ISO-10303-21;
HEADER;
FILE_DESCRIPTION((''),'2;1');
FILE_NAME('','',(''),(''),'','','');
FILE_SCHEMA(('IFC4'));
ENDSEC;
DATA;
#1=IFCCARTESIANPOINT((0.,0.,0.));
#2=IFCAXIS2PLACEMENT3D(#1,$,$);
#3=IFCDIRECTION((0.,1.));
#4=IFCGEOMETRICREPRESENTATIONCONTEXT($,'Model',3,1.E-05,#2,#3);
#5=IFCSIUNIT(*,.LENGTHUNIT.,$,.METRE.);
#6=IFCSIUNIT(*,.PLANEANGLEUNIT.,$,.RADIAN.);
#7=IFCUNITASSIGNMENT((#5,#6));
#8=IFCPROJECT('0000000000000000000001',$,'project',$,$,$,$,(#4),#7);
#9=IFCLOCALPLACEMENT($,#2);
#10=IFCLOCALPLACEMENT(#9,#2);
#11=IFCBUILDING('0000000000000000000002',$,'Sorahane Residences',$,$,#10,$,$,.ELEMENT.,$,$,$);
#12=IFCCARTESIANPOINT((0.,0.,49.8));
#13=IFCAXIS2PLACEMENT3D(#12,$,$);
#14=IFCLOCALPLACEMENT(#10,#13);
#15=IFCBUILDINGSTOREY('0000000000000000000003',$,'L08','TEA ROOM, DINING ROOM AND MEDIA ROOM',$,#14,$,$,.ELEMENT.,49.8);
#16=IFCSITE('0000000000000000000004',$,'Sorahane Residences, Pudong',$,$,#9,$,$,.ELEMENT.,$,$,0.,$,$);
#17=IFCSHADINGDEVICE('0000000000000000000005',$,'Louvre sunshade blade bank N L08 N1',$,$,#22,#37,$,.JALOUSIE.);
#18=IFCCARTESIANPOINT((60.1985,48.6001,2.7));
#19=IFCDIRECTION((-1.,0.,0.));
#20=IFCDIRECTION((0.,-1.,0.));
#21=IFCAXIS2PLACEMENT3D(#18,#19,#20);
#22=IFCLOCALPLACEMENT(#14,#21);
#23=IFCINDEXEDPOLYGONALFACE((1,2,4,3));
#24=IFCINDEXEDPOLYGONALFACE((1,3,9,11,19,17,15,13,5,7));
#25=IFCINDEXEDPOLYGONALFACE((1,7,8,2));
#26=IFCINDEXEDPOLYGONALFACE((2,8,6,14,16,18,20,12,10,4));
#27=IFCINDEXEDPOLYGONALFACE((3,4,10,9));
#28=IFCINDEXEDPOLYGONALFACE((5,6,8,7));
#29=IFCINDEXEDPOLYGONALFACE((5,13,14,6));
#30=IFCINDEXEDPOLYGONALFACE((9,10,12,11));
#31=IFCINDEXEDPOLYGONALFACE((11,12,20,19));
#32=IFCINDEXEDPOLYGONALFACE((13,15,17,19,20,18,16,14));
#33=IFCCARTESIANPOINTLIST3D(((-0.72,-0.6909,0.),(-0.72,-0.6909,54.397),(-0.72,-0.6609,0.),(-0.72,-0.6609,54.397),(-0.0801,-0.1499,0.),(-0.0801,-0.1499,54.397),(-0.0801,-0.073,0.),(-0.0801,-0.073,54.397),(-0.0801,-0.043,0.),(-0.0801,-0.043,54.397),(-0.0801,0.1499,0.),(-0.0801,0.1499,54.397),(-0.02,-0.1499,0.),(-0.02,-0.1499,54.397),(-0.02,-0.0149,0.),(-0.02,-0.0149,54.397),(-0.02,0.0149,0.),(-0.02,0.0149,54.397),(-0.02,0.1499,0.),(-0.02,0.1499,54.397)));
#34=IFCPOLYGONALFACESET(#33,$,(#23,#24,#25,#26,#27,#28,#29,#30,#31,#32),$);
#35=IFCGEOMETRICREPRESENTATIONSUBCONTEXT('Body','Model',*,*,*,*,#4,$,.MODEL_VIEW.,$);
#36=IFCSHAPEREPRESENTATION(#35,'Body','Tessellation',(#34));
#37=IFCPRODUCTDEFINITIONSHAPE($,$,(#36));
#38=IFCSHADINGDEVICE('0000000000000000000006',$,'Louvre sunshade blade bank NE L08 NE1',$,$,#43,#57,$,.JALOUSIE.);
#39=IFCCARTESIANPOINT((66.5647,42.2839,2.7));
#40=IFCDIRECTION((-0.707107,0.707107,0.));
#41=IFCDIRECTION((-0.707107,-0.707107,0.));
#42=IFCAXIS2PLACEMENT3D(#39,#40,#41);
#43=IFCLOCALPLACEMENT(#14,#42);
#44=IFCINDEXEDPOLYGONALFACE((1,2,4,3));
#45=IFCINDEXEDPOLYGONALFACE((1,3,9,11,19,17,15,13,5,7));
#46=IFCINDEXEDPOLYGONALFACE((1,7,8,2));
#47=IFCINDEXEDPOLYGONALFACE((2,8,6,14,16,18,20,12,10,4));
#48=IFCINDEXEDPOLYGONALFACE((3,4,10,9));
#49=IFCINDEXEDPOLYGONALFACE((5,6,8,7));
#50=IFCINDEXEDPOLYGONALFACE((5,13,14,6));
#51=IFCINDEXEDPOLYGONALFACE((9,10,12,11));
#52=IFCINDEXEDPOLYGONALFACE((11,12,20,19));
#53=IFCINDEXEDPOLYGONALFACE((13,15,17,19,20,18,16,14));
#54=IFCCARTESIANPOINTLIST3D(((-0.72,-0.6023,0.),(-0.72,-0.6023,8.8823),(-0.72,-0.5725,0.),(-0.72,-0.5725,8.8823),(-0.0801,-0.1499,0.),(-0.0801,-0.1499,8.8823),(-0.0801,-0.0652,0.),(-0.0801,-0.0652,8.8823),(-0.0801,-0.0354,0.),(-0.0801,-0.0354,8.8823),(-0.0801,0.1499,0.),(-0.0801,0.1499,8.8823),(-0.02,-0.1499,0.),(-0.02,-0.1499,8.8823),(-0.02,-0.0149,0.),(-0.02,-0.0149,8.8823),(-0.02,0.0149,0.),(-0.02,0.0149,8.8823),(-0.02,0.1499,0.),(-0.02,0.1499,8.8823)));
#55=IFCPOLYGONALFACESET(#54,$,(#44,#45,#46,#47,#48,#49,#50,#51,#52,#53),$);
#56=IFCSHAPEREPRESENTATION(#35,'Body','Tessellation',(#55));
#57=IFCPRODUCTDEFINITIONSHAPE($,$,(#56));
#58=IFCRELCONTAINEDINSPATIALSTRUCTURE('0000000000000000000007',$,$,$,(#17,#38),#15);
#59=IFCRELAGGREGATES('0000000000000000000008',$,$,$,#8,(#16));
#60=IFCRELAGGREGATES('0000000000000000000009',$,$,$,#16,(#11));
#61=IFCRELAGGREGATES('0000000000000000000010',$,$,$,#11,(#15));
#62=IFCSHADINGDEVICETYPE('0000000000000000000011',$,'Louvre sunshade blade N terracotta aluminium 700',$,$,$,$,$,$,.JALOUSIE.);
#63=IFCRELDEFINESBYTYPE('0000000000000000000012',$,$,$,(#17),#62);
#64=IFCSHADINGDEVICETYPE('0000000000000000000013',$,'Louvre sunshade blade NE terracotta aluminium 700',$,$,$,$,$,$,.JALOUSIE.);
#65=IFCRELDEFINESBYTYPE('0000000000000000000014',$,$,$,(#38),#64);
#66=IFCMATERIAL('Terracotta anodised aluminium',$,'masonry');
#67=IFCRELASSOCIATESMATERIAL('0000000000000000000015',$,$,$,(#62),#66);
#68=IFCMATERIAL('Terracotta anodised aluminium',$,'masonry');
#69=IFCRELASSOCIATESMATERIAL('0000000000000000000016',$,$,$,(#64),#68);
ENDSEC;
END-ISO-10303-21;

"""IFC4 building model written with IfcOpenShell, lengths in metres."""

from ifc_helpers import new_model, si_unit, direction, frame, origin, place, context, subcontext, project, spatial, polyline, outline, extrude, material, type_object, element, save


model = new_model("IFC4")

# Units and contexts
model_context = context("Model", 3, precision=1e-05, world=origin(), true_north=direction((0.0, 1.0)))
body_context = subcontext(model_context, "Body", "Model", "MODEL_VIEW")
ifc_project = project(units=[si_unit("LENGTHUNIT", "METRE"), si_unit("PLANEANGLEUNIT", "RADIAN")], contexts=[model_context])

# Site, building, storey
site_placement = place(None, origin())
site = spatial("IfcSite", under=ifc_project, at=site_placement, Name="Sorahane Residences, Pudong", CompositionType="ELEMENT", RefElevation=0.0)
building_placement = place(site_placement, origin())
building = spatial("IfcBuilding", under=site, at=building_placement, Name="Sorahane Residences", CompositionType="ELEMENT")
storey_placement = place(building_placement, frame((0.0, 0.0, 49.8)))
storey = spatial("IfcBuildingStorey", under=building, at=storey_placement, Name="L08", Description="TEA ROOM, DINING ROOM AND MEDIA ROOM", CompositionType="ELEMENT", Elevation=49.8)

# Shading devices
ifc_material_1 = material(Name="Terracotta anodised aluminium", Category="masonry")
shading_device_type_1 = type_object("IfcShadingDeviceType", Name="Louvre sunshade blade N terracotta aluminium 700", PredefinedType="JALOUSIE", material=ifc_material_1)
shading_device_1_placement = place(storey_placement, frame((60.1985, 48.6001, 2.7), z_axis=(-1.0, 0.0, 0.0), x_axis=(0.0, -1.0, 0.0)))
element("IfcShadingDevice", 1, at=shading_device_1_placement, inside=storey, type_object=shading_device_type_1, Name="Louvre sunshade blade bank N L08 N1", PredefinedType="JALOUSIE", context=body_context, shape_type="SweptSolid", body=[
    extrude(outline(polyline([(-0.72, -0.6609), (-0.72, -0.6909), (-0.0801, -0.073), (-0.0801, -0.1499), (-0.02, -0.1499), (-0.02, -0.0149), (-0.02, 0.0149), (-0.02, 0.1499), (-0.0801, 0.1499), (-0.0801, -0.043), (-0.72, -0.6609)])), origin(), (0.0, 0.0, 1.0), 54.397),
])
ifc_material_2 = material(Name="Terracotta anodised aluminium", Category="masonry")
shading_device_type_2 = type_object("IfcShadingDeviceType", Name="Louvre sunshade blade NE terracotta aluminium 700", PredefinedType="JALOUSIE", material=ifc_material_2)
shading_device_2_placement = place(storey_placement, frame((66.5647, 42.2839, 2.7), z_axis=(-0.707107, 0.707107, 0.0), x_axis=(-0.707107, -0.707107, 0.0)))
element("IfcShadingDevice", 2, at=shading_device_2_placement, inside=storey, type_object=shading_device_type_2, Name="Louvre sunshade blade bank NE L08 NE1", PredefinedType="JALOUSIE", context=body_context, shape_type="SweptSolid", body=[
    extrude(outline(polyline([(-0.72, -0.5725), (-0.72, -0.6023), (-0.0801, -0.0652), (-0.0801, -0.1499), (-0.02, -0.1499), (-0.02, -0.0149), (-0.02, 0.0149), (-0.02, 0.1499), (-0.0801, 0.1499), (-0.0801, -0.0354), (-0.72, -0.5725)])), origin(), (0.0, 0.0, 1.0), 8.8823),
])

save(model, "model.ifc")
